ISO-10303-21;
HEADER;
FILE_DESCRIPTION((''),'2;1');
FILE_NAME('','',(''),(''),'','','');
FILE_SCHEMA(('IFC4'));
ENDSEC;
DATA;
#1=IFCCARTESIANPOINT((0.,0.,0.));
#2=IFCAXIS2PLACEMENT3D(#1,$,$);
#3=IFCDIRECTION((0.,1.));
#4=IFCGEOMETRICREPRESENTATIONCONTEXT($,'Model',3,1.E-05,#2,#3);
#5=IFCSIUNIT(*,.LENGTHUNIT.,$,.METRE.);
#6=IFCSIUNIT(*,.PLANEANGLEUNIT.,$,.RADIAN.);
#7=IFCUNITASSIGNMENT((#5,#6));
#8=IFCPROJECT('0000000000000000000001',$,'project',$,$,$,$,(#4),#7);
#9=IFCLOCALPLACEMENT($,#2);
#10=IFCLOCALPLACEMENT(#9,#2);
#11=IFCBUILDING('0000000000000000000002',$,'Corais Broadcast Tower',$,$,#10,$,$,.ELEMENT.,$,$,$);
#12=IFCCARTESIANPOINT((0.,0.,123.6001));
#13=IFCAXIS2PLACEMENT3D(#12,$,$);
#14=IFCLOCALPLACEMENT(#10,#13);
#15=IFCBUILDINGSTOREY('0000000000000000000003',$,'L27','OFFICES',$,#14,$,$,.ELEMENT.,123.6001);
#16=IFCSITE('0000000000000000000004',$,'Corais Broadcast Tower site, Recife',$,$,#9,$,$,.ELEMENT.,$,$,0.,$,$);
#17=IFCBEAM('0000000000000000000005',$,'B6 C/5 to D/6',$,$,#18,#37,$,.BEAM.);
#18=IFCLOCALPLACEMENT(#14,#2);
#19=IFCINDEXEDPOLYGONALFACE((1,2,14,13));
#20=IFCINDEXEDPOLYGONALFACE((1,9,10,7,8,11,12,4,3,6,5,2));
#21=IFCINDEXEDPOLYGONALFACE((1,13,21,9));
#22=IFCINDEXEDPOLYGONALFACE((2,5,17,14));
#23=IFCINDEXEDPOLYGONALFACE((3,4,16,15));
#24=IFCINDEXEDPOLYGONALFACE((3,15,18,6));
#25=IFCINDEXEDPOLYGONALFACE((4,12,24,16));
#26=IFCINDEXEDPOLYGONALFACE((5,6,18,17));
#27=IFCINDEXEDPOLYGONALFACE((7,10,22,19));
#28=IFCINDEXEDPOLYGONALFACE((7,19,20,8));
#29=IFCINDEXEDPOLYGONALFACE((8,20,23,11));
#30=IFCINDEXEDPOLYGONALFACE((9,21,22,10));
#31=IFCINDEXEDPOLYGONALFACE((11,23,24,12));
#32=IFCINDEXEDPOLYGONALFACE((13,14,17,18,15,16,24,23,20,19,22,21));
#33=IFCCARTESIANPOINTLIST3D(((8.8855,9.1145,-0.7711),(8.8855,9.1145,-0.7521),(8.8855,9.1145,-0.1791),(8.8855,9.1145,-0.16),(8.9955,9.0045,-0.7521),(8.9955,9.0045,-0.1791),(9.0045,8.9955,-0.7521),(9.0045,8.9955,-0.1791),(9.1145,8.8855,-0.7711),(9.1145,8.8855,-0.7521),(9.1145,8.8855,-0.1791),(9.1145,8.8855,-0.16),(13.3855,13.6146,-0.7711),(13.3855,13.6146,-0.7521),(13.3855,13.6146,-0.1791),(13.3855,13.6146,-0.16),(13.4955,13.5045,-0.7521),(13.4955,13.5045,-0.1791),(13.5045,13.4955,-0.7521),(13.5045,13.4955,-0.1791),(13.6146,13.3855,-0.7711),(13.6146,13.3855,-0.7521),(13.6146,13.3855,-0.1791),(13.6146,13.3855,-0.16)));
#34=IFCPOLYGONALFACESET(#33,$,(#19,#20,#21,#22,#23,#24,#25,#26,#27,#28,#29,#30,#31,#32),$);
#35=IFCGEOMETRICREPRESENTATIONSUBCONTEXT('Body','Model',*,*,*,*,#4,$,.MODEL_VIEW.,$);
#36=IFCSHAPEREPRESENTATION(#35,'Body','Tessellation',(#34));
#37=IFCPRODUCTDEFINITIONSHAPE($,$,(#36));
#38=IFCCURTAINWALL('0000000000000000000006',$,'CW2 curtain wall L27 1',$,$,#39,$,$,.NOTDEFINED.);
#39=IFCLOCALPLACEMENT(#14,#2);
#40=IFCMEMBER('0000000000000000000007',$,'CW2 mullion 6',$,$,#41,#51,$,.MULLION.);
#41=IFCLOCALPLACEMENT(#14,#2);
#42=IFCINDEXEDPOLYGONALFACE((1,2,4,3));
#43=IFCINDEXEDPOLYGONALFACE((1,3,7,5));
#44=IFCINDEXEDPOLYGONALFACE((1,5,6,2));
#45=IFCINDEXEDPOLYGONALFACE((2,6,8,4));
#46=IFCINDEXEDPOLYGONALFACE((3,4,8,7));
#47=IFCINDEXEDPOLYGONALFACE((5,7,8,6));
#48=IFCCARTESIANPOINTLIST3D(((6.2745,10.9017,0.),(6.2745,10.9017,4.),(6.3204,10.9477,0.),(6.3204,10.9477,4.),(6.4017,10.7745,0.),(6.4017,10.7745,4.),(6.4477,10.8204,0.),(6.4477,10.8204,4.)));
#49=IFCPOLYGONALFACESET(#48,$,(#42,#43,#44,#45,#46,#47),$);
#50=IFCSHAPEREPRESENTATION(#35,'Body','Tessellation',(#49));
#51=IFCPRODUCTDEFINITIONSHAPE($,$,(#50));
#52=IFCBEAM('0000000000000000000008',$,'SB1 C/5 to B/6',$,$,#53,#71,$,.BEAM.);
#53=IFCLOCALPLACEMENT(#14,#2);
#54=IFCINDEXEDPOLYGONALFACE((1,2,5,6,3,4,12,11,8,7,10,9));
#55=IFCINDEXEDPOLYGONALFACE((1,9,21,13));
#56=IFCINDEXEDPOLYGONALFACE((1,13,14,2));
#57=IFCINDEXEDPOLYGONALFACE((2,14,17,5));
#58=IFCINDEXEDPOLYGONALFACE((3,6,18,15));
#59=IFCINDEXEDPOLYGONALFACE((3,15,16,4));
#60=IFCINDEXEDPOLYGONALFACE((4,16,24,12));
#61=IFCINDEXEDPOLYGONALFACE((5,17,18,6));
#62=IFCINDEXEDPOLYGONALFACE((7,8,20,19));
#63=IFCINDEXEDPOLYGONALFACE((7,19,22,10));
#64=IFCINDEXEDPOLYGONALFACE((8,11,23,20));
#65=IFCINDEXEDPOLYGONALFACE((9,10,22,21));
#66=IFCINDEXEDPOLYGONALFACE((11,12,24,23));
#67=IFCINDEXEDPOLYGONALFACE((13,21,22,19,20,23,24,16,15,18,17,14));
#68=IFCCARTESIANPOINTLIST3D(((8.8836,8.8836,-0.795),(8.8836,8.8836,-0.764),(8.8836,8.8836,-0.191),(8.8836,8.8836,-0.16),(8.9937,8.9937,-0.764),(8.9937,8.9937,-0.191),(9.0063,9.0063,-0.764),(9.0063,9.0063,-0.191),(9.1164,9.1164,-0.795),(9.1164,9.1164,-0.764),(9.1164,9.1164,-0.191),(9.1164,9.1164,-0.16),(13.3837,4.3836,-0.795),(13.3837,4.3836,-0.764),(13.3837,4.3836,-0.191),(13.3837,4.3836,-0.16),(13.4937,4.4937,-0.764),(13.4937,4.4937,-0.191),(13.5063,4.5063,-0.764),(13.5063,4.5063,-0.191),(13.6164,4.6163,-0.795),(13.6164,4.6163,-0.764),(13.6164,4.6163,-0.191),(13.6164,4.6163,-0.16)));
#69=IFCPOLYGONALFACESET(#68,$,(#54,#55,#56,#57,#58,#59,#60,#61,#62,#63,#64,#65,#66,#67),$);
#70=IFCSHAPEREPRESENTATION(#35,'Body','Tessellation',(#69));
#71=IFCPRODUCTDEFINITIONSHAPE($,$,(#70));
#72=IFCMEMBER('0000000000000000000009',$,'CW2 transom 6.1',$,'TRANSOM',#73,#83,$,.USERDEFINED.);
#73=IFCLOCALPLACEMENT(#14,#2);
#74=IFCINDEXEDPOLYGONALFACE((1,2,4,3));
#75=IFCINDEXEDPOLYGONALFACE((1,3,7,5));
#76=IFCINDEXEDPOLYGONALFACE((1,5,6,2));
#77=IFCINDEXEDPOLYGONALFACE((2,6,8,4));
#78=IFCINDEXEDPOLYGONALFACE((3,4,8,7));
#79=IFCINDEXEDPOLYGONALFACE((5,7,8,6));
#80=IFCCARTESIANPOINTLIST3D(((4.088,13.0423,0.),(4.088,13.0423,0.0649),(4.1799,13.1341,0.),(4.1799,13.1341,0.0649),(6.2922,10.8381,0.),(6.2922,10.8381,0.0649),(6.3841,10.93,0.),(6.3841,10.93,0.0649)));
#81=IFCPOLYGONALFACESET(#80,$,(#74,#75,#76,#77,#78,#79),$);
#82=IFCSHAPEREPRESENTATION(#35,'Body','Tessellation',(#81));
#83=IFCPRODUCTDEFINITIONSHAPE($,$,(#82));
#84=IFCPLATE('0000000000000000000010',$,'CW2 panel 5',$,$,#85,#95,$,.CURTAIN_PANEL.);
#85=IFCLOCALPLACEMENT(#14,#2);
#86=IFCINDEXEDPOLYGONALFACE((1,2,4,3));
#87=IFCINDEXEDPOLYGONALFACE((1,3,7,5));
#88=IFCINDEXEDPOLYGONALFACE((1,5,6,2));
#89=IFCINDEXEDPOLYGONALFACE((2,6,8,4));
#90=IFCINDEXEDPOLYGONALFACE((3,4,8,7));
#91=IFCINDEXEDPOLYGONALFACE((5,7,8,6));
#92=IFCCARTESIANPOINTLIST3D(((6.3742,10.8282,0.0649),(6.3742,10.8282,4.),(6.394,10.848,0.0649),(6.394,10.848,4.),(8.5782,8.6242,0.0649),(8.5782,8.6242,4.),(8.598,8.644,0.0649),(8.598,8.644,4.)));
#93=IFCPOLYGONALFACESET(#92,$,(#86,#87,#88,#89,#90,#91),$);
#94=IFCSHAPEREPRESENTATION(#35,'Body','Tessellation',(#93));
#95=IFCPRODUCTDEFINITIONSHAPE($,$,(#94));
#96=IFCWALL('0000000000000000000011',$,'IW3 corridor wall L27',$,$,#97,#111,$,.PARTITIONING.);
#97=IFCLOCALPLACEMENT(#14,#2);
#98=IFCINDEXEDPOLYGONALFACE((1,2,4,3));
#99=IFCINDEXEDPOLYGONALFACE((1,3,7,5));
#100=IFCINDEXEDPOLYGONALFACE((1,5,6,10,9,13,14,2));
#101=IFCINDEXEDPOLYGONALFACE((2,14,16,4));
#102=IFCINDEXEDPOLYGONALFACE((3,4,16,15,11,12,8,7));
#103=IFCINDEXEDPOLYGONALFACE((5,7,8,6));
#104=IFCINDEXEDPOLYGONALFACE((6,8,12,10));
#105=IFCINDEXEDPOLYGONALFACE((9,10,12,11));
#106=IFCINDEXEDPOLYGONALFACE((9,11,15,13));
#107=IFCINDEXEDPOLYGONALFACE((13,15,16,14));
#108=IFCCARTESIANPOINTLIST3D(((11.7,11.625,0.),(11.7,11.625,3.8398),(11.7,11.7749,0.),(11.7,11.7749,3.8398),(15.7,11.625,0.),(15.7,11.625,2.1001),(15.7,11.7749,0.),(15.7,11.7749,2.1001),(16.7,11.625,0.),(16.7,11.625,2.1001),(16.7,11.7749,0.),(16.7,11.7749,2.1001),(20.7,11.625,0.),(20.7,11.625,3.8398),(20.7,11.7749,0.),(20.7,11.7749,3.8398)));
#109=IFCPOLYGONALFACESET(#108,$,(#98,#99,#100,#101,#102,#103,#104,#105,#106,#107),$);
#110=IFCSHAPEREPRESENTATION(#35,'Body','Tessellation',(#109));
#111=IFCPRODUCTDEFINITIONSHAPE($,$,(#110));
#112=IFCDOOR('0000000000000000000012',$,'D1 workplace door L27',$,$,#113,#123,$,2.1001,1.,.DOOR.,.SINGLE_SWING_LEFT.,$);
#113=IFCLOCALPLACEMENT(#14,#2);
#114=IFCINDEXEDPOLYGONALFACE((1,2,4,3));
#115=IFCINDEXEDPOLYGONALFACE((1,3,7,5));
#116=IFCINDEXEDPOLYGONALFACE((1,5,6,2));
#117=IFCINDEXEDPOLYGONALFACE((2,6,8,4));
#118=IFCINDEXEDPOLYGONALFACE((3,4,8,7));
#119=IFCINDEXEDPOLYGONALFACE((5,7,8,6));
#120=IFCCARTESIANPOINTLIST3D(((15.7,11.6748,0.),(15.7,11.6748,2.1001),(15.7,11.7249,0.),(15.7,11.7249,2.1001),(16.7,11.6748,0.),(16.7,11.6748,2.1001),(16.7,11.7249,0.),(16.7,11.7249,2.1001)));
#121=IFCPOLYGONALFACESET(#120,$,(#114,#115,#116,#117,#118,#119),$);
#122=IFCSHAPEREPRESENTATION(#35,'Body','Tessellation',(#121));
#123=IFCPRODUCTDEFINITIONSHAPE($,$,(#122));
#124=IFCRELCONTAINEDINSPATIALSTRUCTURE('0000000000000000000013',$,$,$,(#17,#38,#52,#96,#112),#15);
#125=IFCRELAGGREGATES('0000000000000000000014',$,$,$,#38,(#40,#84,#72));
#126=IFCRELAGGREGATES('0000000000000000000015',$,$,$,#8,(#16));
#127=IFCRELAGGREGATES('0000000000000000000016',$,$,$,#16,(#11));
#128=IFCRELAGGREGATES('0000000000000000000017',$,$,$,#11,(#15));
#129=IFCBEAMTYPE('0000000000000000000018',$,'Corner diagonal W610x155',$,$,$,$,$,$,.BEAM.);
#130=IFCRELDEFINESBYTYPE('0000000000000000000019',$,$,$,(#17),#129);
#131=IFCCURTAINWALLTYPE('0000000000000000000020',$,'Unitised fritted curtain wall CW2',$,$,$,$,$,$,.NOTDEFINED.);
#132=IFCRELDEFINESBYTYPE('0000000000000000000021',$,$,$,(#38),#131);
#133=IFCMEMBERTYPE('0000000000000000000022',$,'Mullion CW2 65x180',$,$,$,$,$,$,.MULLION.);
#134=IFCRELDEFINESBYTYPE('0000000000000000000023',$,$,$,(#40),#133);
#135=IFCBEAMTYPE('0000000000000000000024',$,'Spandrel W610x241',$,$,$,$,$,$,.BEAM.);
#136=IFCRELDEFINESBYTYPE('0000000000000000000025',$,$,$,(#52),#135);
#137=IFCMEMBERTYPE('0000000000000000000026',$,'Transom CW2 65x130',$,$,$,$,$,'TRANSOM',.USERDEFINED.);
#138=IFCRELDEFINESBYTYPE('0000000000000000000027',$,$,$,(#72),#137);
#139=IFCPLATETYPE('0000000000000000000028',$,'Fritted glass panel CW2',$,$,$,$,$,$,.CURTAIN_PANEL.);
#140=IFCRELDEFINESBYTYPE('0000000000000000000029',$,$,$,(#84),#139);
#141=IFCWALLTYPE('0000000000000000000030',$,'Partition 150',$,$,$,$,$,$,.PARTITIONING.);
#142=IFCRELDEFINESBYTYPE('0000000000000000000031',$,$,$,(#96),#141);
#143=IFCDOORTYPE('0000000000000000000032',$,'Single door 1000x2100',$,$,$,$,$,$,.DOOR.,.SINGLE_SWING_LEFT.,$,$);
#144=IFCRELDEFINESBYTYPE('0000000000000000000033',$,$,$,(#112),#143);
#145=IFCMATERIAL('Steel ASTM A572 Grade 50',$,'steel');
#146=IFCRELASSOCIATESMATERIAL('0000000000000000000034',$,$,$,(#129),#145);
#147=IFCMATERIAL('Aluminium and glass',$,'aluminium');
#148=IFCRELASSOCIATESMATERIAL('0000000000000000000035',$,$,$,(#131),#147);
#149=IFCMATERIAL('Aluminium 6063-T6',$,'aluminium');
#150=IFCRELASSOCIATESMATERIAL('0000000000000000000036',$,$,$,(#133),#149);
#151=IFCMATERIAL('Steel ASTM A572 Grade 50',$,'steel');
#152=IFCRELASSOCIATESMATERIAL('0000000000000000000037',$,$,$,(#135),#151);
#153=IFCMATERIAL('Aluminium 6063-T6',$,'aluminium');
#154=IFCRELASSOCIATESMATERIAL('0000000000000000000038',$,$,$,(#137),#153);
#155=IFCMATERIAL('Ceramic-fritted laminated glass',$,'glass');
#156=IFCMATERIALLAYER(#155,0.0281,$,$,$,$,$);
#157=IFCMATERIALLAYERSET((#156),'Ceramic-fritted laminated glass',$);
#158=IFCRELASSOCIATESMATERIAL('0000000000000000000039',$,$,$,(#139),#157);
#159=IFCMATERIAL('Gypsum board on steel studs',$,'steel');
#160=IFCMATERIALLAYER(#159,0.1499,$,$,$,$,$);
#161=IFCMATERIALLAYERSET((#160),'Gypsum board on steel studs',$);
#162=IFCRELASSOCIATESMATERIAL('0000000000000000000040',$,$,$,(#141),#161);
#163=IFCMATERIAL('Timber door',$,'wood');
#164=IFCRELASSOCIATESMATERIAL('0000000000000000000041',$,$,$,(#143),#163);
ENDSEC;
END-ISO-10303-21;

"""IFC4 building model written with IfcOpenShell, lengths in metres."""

from ifc_helpers import new_model, si_unit, direction, frame, frame_2d, origin, origin_2d, place, context, subcontext, project, spatial, rectangle, i_section, extrude, material, layer, layer_set, material_profile, profile_set, type_object, element, fill, aggregate, save


model = new_model("IFC4")

# Units and contexts
model_context = context("Model", 3, precision=1e-05, world=origin(), true_north=direction((0.0, 1.0)))
body_context = subcontext(model_context, "Body", "Model", "MODEL_VIEW")
ifc_project = project(units=[si_unit("LENGTHUNIT", "METRE"), si_unit("PLANEANGLEUNIT", "RADIAN")], contexts=[model_context])

# Site, building, storey
site_placement = place(None, origin())
site = spatial("IfcSite", under=ifc_project, at=site_placement, Name="Corais Broadcast Tower site, Recife", CompositionType="ELEMENT", RefElevation=0.0)
building_placement = place(site_placement, origin())
building = spatial("IfcBuilding", under=site, at=building_placement, Name="Corais Broadcast Tower", CompositionType="ELEMENT")
storey_placement = place(building_placement, frame((0.0, 0.0, 123.6001)))
storey = spatial("IfcBuildingStorey", under=building, at=storey_placement, Name="L27", Description="OFFICES", CompositionType="ELEMENT", Elevation=123.6001)

# Beam
ifc_material_1 = material(Name="Steel ASTM A572 Grade 50", Category="steel")
ifc_material_profile_1 = material_profile(ifc_material_1, i_section(OverallWidth=0.324, OverallDepth=0.6111, WebThickness=0.0127, FlangeThickness=0.019, at=origin_2d()), Name="W610x155")
ifc_profile_set_1 = profile_set([ifc_material_profile_1], Name="Steel ASTM A572 Grade 50")
beam_type_1 = type_object("IfcBeamType", Name="Corner diagonal W610x155", PredefinedType="BEAM", material=ifc_profile_set_1)
beam_1_placement = place(storey_placement, frame((9.0, 9.0, -0.4656), z_axis=(0.707107, 0.707107, 0.0), x_axis=(-0.707107, 0.707107, 0.0)))
element("IfcBeam", 1, at=beam_1_placement, inside=storey, type_object=beam_type_1, Name="B6 C/5 to D/6", PredefinedType="BEAM", context=body_context, shape_type="SweptSolid", body=[
    extrude(i_section(OverallWidth=0.324, OverallDepth=0.6111, WebThickness=0.0127, FlangeThickness=0.019, at=origin_2d()), origin(), (0.0, 0.0, 1.0), 6.364),
])

# Curtain wall, member
ifc_material_2 = material(Name="Aluminium and glass", Category="aluminium")
curtain_wall_type = type_object("IfcCurtainWallType", Name="Unitised fritted curtain wall CW2", PredefinedType="NOTDEFINED", material=ifc_material_2)
curtain_wall_placement = place(storey_placement, origin())
curtain_wall = element("IfcCurtainWall", 2, at=curtain_wall_placement, inside=storey, type_object=curtain_wall_type, Name="CW2 curtain wall L27 1", PredefinedType="NOTDEFINED")
ifc_material_3 = material(Name="Aluminium 6063-T6", Category="aluminium")
ifc_material_profile_2 = material_profile(ifc_material_3, rectangle(XDim=0.0649, YDim=0.1799, at=origin_2d()), Name="Mullion CW2 65x180")
ifc_profile_set_2 = profile_set([ifc_material_profile_2], Name="Aluminium 6063-T6")
member_type_1 = type_object("IfcMemberType", Name="Mullion CW2 65x180", PredefinedType="MULLION", material=ifc_profile_set_2)
member_1_placement = place(storey_placement, frame((6.3611, 10.8611, 0.0), z_axis=(0.0, 0.0, 1.0), x_axis=(-0.707107, -0.707107, 0.0)))
member_1 = element("IfcMember", 3, at=member_1_placement, type_object=member_type_1, Name="CW2 mullion 6", PredefinedType="MULLION", context=body_context, shape_type="SweptSolid", body=[
    extrude(rectangle(XDim=0.0649, YDim=0.1799, at=origin_2d()), origin(), (0.0, 0.0, 1.0), 4.0),
])

# Beam
ifc_material_4 = material(Name="Steel ASTM A572 Grade 50", Category="steel")
ifc_material_profile_3 = material_profile(ifc_material_4, i_section(OverallWidth=0.3291, OverallDepth=0.635, WebThickness=0.0178, FlangeThickness=0.031, at=origin_2d()), Name="W610x241")
ifc_profile_set_3 = profile_set([ifc_material_profile_3], Name="Steel ASTM A572 Grade 50")
beam_type_2 = type_object("IfcBeamType", Name="Spandrel W610x241", PredefinedType="BEAM", material=ifc_profile_set_3)
beam_2_placement = place(storey_placement, frame((9.0, 9.0, -0.4775), z_axis=(0.707107, -0.707107, 0.0), x_axis=(0.707107, 0.707107, 0.0)))
element("IfcBeam", 4, at=beam_2_placement, inside=storey, type_object=beam_type_2, Name="SB1 C/5 to B/6", PredefinedType="BEAM", context=body_context, shape_type="SweptSolid", body=[
    extrude(i_section(OverallWidth=0.3291, OverallDepth=0.635, WebThickness=0.0178, FlangeThickness=0.031, at=origin_2d()), origin(), (0.0, 0.0, 1.0), 6.364),
])

# Member
ifc_material_5 = material(Name="Aluminium 6063-T6", Category="aluminium")
ifc_material_profile_4 = material_profile(ifc_material_5, rectangle(XDim=0.1299, YDim=0.0649, at=origin_2d()), Name="Transom CW2 65x130")
ifc_profile_set_4 = profile_set([ifc_material_profile_4], Name="Aluminium 6063-T6")
member_type_2 = type_object("IfcMemberType", Name="Transom CW2 65x130", ElementType="TRANSOM", PredefinedType="USERDEFINED", material=ifc_profile_set_4)
member_2_placement = place(storey_placement, frame((6.3381, 10.884, 0.0325), z_axis=(-0.707107, 0.707107, 0.0), x_axis=(-0.707107, -0.707107, 0.0)))
member_2 = element("IfcMember", 5, at=member_2_placement, type_object=member_type_2, Name="CW2 transom 6.1", ObjectType="TRANSOM", PredefinedType="USERDEFINED", context=body_context, shape_type="SweptSolid", body=[
    extrude(rectangle(XDim=0.1299, YDim=0.0649, at=origin_2d()), origin(), (0.0, 0.0, 1.0), 3.1172),
])

# Plate
ifc_material_6 = material(Name="Ceramic-fritted laminated glass", Category="glass")
ifc_layer_1 = layer(ifc_material_6, 0.0281)
ifc_layer_set_1 = layer_set([ifc_layer_1], Name="Ceramic-fritted laminated glass")
plate_type = type_object("IfcPlateType", Name="Fritted glass panel CW2", PredefinedType="CURTAIN_PANEL", material=ifc_layer_set_1)
plate_placement = place(storey_placement, frame((7.4861, 9.7361, 0.0649), z_axis=(0.0, 0.0, 1.0), x_axis=(-0.707107, 0.707107, 0.0)))
plate = element("IfcPlate", 6, at=plate_placement, type_object=plate_type, Name="CW2 panel 5", PredefinedType="CURTAIN_PANEL", context=body_context, shape_type="SweptSolid", body=[
    extrude(rectangle(XDim=3.1169, YDim=0.0281, at=origin_2d()), origin(), (0.0, 0.0, 1.0), 3.9351),
])
aggregate(curtain_wall, [member_1, plate, member_2])

# Wall, opening, door
ifc_material_7 = material(Name="Gypsum board on steel studs", Category="steel")
ifc_layer_2 = layer(ifc_material_7, 0.1499)
ifc_layer_set_2 = layer_set([ifc_layer_2], Name="Gypsum board on steel studs")
wall_type = type_object("IfcWallType", Name="Partition 150", PredefinedType="PARTITIONING", material=ifc_layer_set_2)
wall_placement = place(storey_placement, frame((11.7, 11.7, 0.0), z_axis=(0.0, 0.0, 1.0), x_axis=(1.0, 0.0, 0.0)))
wall = element("IfcWall", 7, at=wall_placement, inside=storey, type_object=wall_type, Name="IW3 corridor wall L27", PredefinedType="PARTITIONING", context=body_context, shape_type="SweptSolid", body=[
    extrude(rectangle(XDim=9.0, YDim=0.1499, at=frame_2d((4.5, 0.0))), origin(), (0.0, 0.0, 1.0), 3.8398),
])
opening_placement = place(wall_placement, frame((4.0, 0.0, 0.0)))
opening = element("IfcOpeningElement", 8, at=opening_placement, cuts=wall, PredefinedType="OPENING", context=body_context, shape_type="SweptSolid", body=[
    extrude(rectangle(XDim=1.0, YDim=2.1001, at=frame_2d((0.5, 1.05))), frame((0.0, 0.085, 0.0), z_axis=(0.0, -1.0, 0.0), x_axis=(1.0, 0.0, 0.0)), (0.0, 0.0, 1.0), 0.1699),
])
ifc_material_8 = material(Name="Timber door", Category="wood")
door_type = type_object("IfcDoorType", Name="Single door 1000x2100", OperationType="SINGLE_SWING_LEFT", PredefinedType="DOOR", material=ifc_material_8)
door_placement = place(opening_placement, origin())
door = element("IfcDoor", 9, at=door_placement, inside=storey, type_object=door_type, Name="D1 workplace door L27", OperationType="SINGLE_SWING_LEFT", OverallHeight=2.1001, OverallWidth=1.0, PredefinedType="DOOR", context=body_context, shape_type="SweptSolid", body=[
    extrude(rectangle(XDim=1.0, YDim=2.1001, at=frame_2d((0.5, 1.05))), frame((0.0, 0.0249, 0.0), z_axis=(0.0, -1.0, 0.0), x_axis=(1.0, 0.0, 0.0)), (0.0, 0.0, 1.0), 0.05),
])
fill(opening, door)

save(model, "model.ifc")
